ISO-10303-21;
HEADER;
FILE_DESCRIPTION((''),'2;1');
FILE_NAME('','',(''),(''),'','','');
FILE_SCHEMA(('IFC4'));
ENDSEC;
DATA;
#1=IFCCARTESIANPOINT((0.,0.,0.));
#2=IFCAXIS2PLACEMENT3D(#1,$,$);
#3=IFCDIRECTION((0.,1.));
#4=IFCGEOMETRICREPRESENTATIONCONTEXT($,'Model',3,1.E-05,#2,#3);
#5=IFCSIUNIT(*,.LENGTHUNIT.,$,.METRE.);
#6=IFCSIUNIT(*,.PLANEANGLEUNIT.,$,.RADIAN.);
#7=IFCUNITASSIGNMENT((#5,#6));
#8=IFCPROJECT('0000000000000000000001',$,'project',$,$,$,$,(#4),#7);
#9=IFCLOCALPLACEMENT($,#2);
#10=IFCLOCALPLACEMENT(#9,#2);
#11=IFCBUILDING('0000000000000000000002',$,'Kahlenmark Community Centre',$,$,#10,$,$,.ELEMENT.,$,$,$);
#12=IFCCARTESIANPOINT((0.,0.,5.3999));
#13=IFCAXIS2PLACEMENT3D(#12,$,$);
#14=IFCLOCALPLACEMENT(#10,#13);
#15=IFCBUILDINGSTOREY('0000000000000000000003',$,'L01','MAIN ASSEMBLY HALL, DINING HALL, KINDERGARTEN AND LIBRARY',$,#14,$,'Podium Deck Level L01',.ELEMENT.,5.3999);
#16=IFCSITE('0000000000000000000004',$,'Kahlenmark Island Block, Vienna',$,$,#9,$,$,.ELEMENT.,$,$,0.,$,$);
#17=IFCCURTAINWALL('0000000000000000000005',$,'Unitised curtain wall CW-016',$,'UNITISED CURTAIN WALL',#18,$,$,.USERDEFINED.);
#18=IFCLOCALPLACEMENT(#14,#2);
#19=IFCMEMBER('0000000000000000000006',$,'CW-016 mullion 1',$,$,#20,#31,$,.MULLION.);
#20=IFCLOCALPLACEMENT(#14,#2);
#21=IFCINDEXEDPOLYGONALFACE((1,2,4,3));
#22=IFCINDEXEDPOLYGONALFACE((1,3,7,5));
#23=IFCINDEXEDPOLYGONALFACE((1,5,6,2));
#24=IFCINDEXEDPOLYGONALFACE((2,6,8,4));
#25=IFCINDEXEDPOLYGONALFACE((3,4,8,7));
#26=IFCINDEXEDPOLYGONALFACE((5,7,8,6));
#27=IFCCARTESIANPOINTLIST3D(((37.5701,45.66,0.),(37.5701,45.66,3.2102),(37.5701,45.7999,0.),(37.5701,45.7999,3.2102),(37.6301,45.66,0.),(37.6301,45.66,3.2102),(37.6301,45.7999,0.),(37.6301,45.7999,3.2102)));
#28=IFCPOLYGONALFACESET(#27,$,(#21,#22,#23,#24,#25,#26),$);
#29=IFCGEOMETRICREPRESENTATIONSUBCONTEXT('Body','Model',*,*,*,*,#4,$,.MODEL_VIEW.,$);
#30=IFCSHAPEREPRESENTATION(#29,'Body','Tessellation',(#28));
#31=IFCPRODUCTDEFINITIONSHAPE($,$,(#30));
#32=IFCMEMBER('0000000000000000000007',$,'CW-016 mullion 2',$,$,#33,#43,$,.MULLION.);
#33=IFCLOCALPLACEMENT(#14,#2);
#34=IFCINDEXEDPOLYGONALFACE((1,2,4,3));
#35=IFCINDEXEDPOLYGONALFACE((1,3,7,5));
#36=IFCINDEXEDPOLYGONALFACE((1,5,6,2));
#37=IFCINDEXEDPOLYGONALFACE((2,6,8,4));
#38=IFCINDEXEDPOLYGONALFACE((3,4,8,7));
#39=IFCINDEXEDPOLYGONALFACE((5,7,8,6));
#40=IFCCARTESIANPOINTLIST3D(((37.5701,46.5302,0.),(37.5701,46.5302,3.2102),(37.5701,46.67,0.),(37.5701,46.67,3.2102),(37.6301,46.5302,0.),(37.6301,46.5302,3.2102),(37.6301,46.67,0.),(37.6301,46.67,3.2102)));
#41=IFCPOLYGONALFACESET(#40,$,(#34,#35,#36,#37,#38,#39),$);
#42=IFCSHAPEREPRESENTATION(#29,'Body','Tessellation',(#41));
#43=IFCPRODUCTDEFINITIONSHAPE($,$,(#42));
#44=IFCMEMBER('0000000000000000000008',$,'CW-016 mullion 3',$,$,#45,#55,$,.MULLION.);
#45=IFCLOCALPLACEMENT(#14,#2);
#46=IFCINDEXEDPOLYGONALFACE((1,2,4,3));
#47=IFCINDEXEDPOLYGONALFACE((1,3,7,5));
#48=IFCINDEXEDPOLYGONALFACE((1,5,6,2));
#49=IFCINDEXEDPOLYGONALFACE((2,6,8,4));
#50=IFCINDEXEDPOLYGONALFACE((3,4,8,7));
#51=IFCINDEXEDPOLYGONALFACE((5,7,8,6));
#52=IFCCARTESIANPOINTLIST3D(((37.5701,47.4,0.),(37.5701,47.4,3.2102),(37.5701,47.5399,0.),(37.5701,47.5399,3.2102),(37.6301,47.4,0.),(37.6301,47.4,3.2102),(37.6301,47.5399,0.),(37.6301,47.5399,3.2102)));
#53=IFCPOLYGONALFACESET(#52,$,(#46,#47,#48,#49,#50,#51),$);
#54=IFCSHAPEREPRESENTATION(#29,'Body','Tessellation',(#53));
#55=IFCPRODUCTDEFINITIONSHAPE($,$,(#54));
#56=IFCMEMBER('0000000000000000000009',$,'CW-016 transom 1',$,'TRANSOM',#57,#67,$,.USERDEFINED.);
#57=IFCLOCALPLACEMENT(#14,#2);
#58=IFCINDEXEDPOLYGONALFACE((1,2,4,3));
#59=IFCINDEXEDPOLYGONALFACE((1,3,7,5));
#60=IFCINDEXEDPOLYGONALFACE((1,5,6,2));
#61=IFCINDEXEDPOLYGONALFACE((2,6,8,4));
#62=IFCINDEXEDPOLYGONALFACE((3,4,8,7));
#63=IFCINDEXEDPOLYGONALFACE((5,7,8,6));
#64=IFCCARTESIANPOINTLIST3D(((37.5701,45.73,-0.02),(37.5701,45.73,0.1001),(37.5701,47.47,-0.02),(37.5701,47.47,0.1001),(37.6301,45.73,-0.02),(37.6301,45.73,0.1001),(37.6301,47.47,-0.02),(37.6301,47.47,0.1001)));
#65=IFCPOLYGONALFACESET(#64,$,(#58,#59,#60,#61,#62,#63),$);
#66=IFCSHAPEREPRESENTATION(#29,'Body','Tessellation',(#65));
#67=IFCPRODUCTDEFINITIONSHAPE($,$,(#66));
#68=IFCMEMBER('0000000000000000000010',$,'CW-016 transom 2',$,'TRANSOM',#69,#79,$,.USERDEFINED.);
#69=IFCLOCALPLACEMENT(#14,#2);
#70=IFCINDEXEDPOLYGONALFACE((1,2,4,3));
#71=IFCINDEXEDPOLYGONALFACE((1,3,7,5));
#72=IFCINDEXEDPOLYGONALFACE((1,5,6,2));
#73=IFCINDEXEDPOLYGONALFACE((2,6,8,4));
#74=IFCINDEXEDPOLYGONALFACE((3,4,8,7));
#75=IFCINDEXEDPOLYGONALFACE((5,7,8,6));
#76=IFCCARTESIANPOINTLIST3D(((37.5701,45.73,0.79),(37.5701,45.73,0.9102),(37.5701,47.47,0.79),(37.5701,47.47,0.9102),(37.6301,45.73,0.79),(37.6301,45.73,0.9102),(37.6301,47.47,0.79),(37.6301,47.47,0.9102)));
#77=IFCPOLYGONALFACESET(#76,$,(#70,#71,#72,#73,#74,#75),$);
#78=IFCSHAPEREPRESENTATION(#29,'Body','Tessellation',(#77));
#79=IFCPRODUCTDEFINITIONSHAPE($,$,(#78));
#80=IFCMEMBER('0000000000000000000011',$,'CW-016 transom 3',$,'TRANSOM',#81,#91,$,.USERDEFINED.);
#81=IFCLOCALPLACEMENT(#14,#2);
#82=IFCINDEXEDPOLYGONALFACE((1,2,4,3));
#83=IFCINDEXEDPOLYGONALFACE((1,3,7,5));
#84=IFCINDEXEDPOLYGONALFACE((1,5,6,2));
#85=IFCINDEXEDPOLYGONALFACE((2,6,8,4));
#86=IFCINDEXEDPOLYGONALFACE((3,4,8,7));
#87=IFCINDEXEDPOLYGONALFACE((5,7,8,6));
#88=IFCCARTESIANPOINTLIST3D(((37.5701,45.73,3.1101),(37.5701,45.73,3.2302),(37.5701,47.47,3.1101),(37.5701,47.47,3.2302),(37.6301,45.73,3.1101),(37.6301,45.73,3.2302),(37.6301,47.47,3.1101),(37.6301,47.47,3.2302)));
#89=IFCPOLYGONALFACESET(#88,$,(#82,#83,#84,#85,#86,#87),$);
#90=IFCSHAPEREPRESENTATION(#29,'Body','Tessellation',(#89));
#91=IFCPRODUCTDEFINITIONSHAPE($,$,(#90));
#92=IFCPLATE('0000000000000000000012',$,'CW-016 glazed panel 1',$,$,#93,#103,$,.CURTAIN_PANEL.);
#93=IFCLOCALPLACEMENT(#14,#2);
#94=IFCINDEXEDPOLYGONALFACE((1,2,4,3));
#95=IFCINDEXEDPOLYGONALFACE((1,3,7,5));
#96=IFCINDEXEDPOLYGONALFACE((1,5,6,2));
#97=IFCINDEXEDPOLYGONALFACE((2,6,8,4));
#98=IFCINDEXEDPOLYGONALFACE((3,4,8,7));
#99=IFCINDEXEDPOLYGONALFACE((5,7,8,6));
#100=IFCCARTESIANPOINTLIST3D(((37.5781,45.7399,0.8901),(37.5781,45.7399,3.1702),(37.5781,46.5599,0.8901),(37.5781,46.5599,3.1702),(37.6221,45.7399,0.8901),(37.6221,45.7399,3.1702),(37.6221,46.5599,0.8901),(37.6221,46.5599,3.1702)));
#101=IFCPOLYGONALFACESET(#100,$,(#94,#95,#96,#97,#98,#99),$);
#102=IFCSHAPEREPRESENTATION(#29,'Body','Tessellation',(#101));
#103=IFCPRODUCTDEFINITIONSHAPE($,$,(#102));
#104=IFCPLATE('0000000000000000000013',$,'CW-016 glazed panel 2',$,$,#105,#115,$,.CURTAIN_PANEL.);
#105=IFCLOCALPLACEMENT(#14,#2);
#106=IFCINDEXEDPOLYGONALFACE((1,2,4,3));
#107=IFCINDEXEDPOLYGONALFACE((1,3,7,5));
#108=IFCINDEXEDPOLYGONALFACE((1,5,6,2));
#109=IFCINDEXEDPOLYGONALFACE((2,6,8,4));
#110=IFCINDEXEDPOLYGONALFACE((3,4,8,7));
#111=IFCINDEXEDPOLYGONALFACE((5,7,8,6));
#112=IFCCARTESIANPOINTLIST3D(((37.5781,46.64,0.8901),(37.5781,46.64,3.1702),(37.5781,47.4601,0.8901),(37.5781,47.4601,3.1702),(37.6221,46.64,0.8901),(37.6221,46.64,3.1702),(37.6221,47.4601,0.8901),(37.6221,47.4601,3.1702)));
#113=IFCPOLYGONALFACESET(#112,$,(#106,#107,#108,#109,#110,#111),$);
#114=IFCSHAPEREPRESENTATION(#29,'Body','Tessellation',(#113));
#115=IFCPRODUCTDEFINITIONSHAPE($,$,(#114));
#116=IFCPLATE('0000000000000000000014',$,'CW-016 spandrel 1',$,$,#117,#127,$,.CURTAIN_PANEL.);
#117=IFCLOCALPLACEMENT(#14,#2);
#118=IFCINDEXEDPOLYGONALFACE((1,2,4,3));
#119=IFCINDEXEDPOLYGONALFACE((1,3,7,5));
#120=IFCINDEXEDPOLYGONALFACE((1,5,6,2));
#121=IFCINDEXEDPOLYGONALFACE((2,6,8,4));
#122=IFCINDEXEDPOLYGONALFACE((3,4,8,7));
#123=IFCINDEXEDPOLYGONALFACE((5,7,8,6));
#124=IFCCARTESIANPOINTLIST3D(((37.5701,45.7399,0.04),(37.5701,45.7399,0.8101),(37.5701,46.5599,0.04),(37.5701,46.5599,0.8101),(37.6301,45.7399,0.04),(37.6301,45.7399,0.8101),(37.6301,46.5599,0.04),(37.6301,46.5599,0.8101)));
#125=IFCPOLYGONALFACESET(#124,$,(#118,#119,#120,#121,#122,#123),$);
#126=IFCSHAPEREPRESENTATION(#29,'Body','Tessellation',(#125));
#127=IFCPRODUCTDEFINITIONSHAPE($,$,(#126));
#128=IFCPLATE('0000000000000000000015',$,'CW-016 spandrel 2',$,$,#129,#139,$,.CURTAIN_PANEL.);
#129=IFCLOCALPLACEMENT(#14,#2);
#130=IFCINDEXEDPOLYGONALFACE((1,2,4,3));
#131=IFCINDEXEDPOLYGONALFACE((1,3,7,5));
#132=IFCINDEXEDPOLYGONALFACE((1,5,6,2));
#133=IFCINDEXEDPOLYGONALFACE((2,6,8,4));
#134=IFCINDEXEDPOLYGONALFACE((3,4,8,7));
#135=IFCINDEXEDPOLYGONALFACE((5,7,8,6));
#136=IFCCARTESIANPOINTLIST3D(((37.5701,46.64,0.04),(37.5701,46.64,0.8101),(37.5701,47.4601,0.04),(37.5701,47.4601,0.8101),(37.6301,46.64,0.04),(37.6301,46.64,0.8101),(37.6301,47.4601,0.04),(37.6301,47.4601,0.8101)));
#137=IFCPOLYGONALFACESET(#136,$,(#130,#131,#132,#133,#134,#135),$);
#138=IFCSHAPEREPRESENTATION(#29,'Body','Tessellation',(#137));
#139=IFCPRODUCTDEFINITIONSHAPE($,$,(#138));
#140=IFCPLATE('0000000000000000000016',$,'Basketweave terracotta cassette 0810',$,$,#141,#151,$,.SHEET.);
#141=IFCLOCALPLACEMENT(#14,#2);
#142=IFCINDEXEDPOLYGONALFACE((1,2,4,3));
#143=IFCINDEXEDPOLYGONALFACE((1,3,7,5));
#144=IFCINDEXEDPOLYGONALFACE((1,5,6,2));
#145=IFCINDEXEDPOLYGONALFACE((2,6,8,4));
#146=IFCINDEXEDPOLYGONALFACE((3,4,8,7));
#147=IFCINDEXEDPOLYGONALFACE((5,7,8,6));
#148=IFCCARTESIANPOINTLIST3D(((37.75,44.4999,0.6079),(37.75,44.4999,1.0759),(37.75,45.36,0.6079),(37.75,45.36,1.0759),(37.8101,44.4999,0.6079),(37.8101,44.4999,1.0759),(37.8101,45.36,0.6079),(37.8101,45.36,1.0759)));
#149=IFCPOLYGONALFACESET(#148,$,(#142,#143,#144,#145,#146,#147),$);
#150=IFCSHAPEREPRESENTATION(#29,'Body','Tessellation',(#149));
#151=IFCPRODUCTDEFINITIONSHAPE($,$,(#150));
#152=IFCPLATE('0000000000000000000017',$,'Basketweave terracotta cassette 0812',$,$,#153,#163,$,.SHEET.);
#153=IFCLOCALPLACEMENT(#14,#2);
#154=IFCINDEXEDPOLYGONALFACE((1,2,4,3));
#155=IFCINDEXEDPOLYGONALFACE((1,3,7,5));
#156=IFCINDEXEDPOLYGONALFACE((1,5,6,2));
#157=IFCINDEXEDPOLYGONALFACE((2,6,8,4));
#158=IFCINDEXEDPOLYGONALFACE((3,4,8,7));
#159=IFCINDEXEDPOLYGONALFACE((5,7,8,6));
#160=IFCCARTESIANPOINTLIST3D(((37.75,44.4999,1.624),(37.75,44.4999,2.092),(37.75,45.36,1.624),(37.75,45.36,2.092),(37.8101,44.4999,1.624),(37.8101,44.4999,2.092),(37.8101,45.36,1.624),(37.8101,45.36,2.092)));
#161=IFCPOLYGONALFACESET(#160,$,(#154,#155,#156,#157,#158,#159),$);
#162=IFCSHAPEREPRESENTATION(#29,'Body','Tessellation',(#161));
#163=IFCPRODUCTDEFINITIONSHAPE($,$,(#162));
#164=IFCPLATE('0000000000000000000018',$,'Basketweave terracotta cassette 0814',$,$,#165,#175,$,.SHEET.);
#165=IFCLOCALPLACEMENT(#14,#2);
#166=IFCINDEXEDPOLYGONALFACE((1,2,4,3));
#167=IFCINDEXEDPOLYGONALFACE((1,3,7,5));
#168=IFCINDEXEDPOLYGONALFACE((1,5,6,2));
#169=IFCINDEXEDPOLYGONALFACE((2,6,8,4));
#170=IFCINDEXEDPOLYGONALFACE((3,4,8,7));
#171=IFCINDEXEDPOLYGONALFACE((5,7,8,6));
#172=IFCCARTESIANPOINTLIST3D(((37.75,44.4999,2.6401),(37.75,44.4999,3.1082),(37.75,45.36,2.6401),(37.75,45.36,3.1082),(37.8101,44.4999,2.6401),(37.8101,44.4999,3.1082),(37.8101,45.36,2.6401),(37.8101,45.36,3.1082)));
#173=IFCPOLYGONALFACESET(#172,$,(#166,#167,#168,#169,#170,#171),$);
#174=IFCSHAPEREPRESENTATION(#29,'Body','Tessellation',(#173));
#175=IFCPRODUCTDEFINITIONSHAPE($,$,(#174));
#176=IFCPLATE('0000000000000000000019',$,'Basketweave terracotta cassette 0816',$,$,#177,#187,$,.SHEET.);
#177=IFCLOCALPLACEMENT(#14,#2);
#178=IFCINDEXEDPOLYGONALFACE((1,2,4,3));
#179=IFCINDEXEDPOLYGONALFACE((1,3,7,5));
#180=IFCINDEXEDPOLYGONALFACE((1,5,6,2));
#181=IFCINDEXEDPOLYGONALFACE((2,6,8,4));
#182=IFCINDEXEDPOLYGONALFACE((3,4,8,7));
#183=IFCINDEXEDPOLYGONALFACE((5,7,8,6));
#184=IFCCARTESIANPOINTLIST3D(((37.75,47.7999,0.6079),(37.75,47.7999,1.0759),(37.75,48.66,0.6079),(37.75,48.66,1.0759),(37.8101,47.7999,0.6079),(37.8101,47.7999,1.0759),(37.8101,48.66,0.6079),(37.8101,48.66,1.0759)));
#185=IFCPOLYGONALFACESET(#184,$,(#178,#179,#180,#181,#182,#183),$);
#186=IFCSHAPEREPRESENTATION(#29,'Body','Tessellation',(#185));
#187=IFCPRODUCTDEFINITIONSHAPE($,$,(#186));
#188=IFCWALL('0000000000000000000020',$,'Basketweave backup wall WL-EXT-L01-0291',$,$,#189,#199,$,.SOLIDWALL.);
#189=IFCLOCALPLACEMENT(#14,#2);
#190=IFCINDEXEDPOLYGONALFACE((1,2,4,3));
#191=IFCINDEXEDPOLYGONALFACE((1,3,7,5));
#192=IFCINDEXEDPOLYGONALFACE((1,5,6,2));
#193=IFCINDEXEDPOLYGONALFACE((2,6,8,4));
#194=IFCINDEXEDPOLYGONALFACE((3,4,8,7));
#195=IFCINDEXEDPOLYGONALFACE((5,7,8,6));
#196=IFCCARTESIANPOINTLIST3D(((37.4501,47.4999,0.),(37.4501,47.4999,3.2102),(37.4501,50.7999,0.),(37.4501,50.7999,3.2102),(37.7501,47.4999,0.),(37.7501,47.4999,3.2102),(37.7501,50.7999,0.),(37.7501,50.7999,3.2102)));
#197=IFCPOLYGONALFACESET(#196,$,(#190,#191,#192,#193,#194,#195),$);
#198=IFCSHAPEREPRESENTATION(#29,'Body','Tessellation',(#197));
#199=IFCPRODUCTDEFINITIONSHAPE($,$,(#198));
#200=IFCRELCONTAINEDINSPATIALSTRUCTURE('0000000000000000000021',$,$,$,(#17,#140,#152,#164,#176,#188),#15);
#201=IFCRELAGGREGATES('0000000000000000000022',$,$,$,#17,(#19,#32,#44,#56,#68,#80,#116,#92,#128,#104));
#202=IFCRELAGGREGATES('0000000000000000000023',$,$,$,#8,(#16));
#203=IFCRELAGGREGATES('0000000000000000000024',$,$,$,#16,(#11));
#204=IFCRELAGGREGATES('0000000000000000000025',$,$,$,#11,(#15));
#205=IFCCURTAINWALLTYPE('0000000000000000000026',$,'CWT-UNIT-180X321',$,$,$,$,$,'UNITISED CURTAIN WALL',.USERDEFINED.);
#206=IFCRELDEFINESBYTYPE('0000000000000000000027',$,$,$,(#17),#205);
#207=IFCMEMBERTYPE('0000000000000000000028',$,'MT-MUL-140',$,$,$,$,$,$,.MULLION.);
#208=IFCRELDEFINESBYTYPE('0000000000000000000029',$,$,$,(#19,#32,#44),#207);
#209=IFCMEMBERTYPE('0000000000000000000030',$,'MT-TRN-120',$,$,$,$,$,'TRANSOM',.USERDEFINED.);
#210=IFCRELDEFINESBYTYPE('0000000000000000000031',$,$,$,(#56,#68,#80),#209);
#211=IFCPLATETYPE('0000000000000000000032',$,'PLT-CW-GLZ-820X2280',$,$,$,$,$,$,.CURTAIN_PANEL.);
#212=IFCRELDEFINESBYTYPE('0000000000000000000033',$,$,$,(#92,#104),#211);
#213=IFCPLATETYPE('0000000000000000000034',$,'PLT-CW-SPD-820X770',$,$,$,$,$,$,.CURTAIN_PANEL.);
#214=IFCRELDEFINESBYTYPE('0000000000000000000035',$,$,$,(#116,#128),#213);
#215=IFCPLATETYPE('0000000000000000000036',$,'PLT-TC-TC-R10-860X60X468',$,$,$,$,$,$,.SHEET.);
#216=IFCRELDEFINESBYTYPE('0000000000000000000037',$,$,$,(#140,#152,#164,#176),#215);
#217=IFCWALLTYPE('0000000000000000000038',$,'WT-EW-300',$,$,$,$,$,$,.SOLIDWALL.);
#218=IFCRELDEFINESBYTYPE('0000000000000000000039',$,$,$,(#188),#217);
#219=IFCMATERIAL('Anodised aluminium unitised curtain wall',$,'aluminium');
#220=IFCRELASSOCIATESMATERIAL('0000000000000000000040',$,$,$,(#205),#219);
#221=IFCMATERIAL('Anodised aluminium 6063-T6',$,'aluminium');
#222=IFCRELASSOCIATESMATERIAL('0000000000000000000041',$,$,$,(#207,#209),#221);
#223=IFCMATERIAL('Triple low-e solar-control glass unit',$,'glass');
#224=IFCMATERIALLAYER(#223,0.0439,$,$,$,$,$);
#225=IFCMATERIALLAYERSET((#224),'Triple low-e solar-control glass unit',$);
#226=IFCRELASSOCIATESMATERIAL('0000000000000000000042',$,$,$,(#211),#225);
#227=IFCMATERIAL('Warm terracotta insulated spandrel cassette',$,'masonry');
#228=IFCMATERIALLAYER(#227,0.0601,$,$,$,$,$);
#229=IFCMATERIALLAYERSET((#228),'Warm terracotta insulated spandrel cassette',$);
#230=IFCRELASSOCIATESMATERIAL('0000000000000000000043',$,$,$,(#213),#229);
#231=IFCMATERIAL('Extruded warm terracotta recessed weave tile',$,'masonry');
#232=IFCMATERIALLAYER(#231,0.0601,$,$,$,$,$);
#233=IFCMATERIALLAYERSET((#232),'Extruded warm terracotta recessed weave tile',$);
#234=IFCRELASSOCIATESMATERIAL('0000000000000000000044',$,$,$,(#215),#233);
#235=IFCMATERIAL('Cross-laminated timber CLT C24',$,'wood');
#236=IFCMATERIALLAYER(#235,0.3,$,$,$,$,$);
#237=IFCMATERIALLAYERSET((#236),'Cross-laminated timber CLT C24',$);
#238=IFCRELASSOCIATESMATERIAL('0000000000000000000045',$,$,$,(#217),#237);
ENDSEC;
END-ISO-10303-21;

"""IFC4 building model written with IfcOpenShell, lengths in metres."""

from ifc_helpers import new_model, si_unit, direction, frame, frame_2d, origin, origin_2d, place, context, subcontext, project, spatial, rectangle, extrude, material, layer, layer_set, material_profile, profile_set, type_object, element, aggregate, save


model = new_model("IFC4")

# Units and contexts
model_context = context("Model", 3, precision=1e-05, world=origin(), true_north=direction((0.0, 1.0)))
body_context = subcontext(model_context, "Body", "Model", "MODEL_VIEW")
ifc_project = project(units=[si_unit("LENGTHUNIT", "METRE"), si_unit("PLANEANGLEUNIT", "RADIAN")], contexts=[model_context])

# Site, building, storey
site_placement = place(None, origin())
site = spatial("IfcSite", under=ifc_project, at=site_placement, Name="Kahlenmark Island Block, Vienna", CompositionType="ELEMENT", RefElevation=0.0)
building_placement = place(site_placement, origin())
building = spatial("IfcBuilding", under=site, at=building_placement, Name="Kahlenmark Community Centre", CompositionType="ELEMENT")
storey_placement = place(building_placement, frame((0.0, 0.0, 5.3999)))
storey = spatial("IfcBuildingStorey", under=building, at=storey_placement, Name="L01", Description="MAIN ASSEMBLY HALL, DINING HALL, KINDERGARTEN AND LIBRARY", LongName="Podium Deck Level L01", CompositionType="ELEMENT", Elevation=5.3999)

# Curtain wall, members, plates
ifc_material_1 = material(Name="Anodised aluminium unitised curtain wall", Category="aluminium")
curtain_wall_type = type_object("IfcCurtainWallType", Name="CWT-UNIT-180X321", ElementType="UNITISED CURTAIN WALL", PredefinedType="USERDEFINED", material=ifc_material_1)
curtain_wall_placement = place(storey_placement, origin())
curtain_wall = element("IfcCurtainWall", 1, at=curtain_wall_placement, inside=storey, type_object=curtain_wall_type, Name="Unitised curtain wall CW-016", ObjectType="UNITISED CURTAIN WALL", PredefinedType="USERDEFINED")
ifc_material_2 = material(Name="Anodised aluminium 6063-T6", Category="aluminium")
ifc_material_profile_1 = material_profile(ifc_material_2, rectangle(XDim=0.0601, YDim=0.1399, at=origin_2d()), Name="ALU MULLION 60x140")
ifc_profile_set_1 = profile_set([ifc_material_profile_1], Name="Anodised aluminium 6063-T6")
member_type_1 = type_object("IfcMemberType", Name="MT-MUL-140", PredefinedType="MULLION", material=ifc_profile_set_1)
member_1_placement = place(storey_placement, frame((37.6001, 45.73, 0.0), z_axis=(0.0, 0.0, 1.0), x_axis=(-1.0, 0.0, 0.0)))
member_1 = element("IfcMember", 2, at=member_1_placement, type_object=member_type_1, Name="CW-016 mullion 1", PredefinedType="MULLION", context=body_context, shape_type="SweptSolid", body=[
    extrude(rectangle(XDim=0.0601, YDim=0.1399, at=origin_2d()), origin(), (0.0, 0.0, 1.0), 3.2102),
])
member_2_placement = place(storey_placement, frame((37.6001, 46.6001, 0.0), z_axis=(0.0, 0.0, 1.0), x_axis=(-1.0, 0.0, 0.0)))
member_2 = element("IfcMember", 3, at=member_2_placement, type_object=member_type_1, Name="CW-016 mullion 2", PredefinedType="MULLION", context=body_context, shape_type="SweptSolid", body=[
    extrude(rectangle(XDim=0.0601, YDim=0.1399, at=origin_2d()), origin(), (0.0, 0.0, 1.0), 3.2102),
])
member_3_placement = place(storey_placement, frame((37.6001, 47.47, 0.0), z_axis=(0.0, 0.0, 1.0), x_axis=(-1.0, 0.0, 0.0)))
member_3 = element("IfcMember", 4, at=member_3_placement, type_object=member_type_1, Name="CW-016 mullion 3", PredefinedType="MULLION", context=body_context, shape_type="SweptSolid", body=[
    extrude(rectangle(XDim=0.0601, YDim=0.1399, at=origin_2d()), origin(), (0.0, 0.0, 1.0), 3.2102),
])
ifc_material_profile_2 = material_profile(ifc_material_2, rectangle(XDim=0.0601, YDim=0.1201, at=origin_2d()), Name="ALU TRANSOM 60x120")
ifc_profile_set_2 = profile_set([ifc_material_profile_2], Name="Anodised aluminium 6063-T6")
member_type_2 = type_object("IfcMemberType", Name="MT-TRN-120", ElementType="TRANSOM", PredefinedType="USERDEFINED", material=ifc_profile_set_2)
member_4_placement = place(storey_placement, frame((37.6001, 45.73, 0.04), z_axis=(0.0, 1.0, 0.0), x_axis=(-1.0, 0.0, 0.0)))
member_4 = element("IfcMember", 5, at=member_4_placement, type_object=member_type_2, Name="CW-016 transom 1", ObjectType="TRANSOM", PredefinedType="USERDEFINED", context=body_context, shape_type="SweptSolid", body=[
    extrude(rectangle(XDim=0.0601, YDim=0.1201, at=origin_2d()), origin(), (0.0, 0.0, 1.0), 1.74),
])
member_5_placement = place(storey_placement, frame((37.6001, 45.73, 0.8501), z_axis=(0.0, 1.0, 0.0), x_axis=(-1.0, 0.0, 0.0)))
member_5 = element("IfcMember", 6, at=member_5_placement, type_object=member_type_2, Name="CW-016 transom 2", ObjectType="TRANSOM", PredefinedType="USERDEFINED", context=body_context, shape_type="SweptSolid", body=[
    extrude(rectangle(XDim=0.0601, YDim=0.1201, at=origin_2d()), origin(), (0.0, 0.0, 1.0), 1.74),
])
member_6_placement = place(storey_placement, frame((37.6001, 45.73, 3.1702), z_axis=(0.0, 1.0, 0.0), x_axis=(-1.0, 0.0, 0.0)))
member_6 = element("IfcMember", 7, at=member_6_placement, type_object=member_type_2, Name="CW-016 transom 3", ObjectType="TRANSOM", PredefinedType="USERDEFINED", context=body_context, shape_type="SweptSolid", body=[
    extrude(rectangle(XDim=0.0601, YDim=0.1201, at=origin_2d()), origin(), (0.0, 0.0, 1.0), 1.74),
])
ifc_material_3 = material(Name="Triple low-e solar-control glass unit", Category="glass")
ifc_layer_1 = layer(ifc_material_3, 0.0439)
ifc_layer_set_1 = layer_set([ifc_layer_1], Name="Triple low-e solar-control glass unit")
plate_type_1 = type_object("IfcPlateType", Name="PLT-CW-GLZ-820X2280", PredefinedType="CURTAIN_PANEL", material=ifc_layer_set_1)
plate_1_placement = place(storey_placement, frame((37.6001, 46.1499, 0.8901), z_axis=(0.0, 0.0, 1.0), x_axis=(0.0, 1.0, 0.0)))
plate_1 = element("IfcPlate", 8, at=plate_1_placement, type_object=plate_type_1, Name="CW-016 glazed panel 1", PredefinedType="CURTAIN_PANEL", context=body_context, shape_type="SweptSolid", body=[
    extrude(rectangle(XDim=0.8201, YDim=0.0439, at=origin_2d()), origin(), (0.0, 0.0, 1.0), 2.28),
])
plate_2_placement = place(storey_placement, frame((37.6001, 47.05, 0.8901), z_axis=(0.0, 0.0, 1.0), x_axis=(0.0, 1.0, 0.0)))
plate_2 = element("IfcPlate", 9, at=plate_2_placement, type_object=plate_type_1, Name="CW-016 glazed panel 2", PredefinedType="CURTAIN_PANEL", context=body_context, shape_type="SweptSolid", body=[
    extrude(rectangle(XDim=0.8201, YDim=0.0439, at=origin_2d()), origin(), (0.0, 0.0, 1.0), 2.28),
])
ifc_material_4 = material(Name="Warm terracotta insulated spandrel cassette", Category="masonry")
ifc_layer_2 = layer(ifc_material_4, 0.0601)
ifc_layer_set_2 = layer_set([ifc_layer_2], Name="Warm terracotta insulated spandrel cassette")
plate_type_2 = type_object("IfcPlateType", Name="PLT-CW-SPD-820X770", PredefinedType="CURTAIN_PANEL", material=ifc_layer_set_2)
plate_3_placement = place(storey_placement, frame((37.6001, 46.1499, 0.04), z_axis=(0.0, 0.0, 1.0), x_axis=(0.0, 1.0, 0.0)))
plate_3 = element("IfcPlate", 10, at=plate_3_placement, type_object=plate_type_2, Name="CW-016 spandrel 1", PredefinedType="CURTAIN_PANEL", context=body_context, shape_type="SweptSolid", body=[
    extrude(rectangle(XDim=0.8201, YDim=0.0601, at=origin_2d()), origin(), (0.0, 0.0, 1.0), 0.77),
])
plate_4_placement = place(storey_placement, frame((37.6001, 47.05, 0.04), z_axis=(0.0, 0.0, 1.0), x_axis=(0.0, 1.0, 0.0)))
plate_4 = element("IfcPlate", 11, at=plate_4_placement, type_object=plate_type_2, Name="CW-016 spandrel 2", PredefinedType="CURTAIN_PANEL", context=body_context, shape_type="SweptSolid", body=[
    extrude(rectangle(XDim=0.8201, YDim=0.0601, at=origin_2d()), origin(), (0.0, 0.0, 1.0), 0.77),
])
aggregate(curtain_wall, [member_1, member_2, member_3, member_4, member_5, member_6, plate_3, plate_1, plate_4, plate_2])

# Plates
ifc_material_5 = material(Name="Extruded warm terracotta recessed weave tile", Category="masonry")
ifc_layer_3 = layer(ifc_material_5, 0.0601)
ifc_layer_set_3 = layer_set([ifc_layer_3], Name="Extruded warm terracotta recessed weave tile")
plate_type_3 = type_object("IfcPlateType", Name="PLT-TC-TC-R10-860X60X468", PredefinedType="SHEET", material=ifc_layer_set_3)
for number, where, z_axis, x_axis, name in (
    (12, (37.78, 44.9299, 0.6079), (0.0, 0.0, 1.0), (0.0, 1.0, 0.0), "Basketweave terracotta cassette 0810"),
    (13, (37.78, 44.9299, 1.624), (0.0, 0.0, 1.0), (0.0, 1.0, 0.0), "Basketweave terracotta cassette 0812"),
    (14, (37.78, 44.9299, 2.6401), (0.0, 0.0, 1.0), (0.0, 1.0, 0.0), "Basketweave terracotta cassette 0814"),
    (15, (37.78, 48.23, 0.6079), (0.0, 0.0, 1.0), (0.0, 1.0, 0.0), "Basketweave terracotta cassette 0816"),
):
    element("IfcPlate", number, at=place(storey_placement, frame(where, z_axis=z_axis, x_axis=x_axis)), inside=storey, type_object=plate_type_3, Name=name, PredefinedType="SHEET", context=body_context, shape_type="SweptSolid", body=[
        extrude(rectangle(XDim=0.8601, YDim=0.0601, at=origin_2d()), origin(), (0.0, 0.0, 1.0), 0.468),
    ])

# Wall
ifc_material_6 = material(Name="Cross-laminated timber CLT C24", Category="wood")
ifc_layer_4 = layer(ifc_material_6, 0.3)
ifc_layer_set_4 = layer_set([ifc_layer_4], Name="Cross-laminated timber CLT C24")
wall_type_1 = type_object("IfcWallType", Name="WT-EW-300", PredefinedType="SOLIDWALL", material=ifc_layer_set_4)
wall_1_placement = place(storey_placement, frame((37.6001, 47.5, 0.0), z_axis=(0.0, 0.0, 1.0), x_axis=(0.0, 1.0, 0.0)))
element("IfcWall", 16, at=wall_1_placement, inside=storey, type_object=wall_type_1, Name="Basketweave backup wall WL-EXT-L01-0291", PredefinedType="SOLIDWALL", context=body_context, shape_type="SweptSolid", body=[
    extrude(rectangle(XDim=3.3, YDim=0.3, at=frame_2d((1.6499, 0.0))), origin(), (0.0, 0.0, 1.0), 3.2102),
])

save(model, "model.ifc")
